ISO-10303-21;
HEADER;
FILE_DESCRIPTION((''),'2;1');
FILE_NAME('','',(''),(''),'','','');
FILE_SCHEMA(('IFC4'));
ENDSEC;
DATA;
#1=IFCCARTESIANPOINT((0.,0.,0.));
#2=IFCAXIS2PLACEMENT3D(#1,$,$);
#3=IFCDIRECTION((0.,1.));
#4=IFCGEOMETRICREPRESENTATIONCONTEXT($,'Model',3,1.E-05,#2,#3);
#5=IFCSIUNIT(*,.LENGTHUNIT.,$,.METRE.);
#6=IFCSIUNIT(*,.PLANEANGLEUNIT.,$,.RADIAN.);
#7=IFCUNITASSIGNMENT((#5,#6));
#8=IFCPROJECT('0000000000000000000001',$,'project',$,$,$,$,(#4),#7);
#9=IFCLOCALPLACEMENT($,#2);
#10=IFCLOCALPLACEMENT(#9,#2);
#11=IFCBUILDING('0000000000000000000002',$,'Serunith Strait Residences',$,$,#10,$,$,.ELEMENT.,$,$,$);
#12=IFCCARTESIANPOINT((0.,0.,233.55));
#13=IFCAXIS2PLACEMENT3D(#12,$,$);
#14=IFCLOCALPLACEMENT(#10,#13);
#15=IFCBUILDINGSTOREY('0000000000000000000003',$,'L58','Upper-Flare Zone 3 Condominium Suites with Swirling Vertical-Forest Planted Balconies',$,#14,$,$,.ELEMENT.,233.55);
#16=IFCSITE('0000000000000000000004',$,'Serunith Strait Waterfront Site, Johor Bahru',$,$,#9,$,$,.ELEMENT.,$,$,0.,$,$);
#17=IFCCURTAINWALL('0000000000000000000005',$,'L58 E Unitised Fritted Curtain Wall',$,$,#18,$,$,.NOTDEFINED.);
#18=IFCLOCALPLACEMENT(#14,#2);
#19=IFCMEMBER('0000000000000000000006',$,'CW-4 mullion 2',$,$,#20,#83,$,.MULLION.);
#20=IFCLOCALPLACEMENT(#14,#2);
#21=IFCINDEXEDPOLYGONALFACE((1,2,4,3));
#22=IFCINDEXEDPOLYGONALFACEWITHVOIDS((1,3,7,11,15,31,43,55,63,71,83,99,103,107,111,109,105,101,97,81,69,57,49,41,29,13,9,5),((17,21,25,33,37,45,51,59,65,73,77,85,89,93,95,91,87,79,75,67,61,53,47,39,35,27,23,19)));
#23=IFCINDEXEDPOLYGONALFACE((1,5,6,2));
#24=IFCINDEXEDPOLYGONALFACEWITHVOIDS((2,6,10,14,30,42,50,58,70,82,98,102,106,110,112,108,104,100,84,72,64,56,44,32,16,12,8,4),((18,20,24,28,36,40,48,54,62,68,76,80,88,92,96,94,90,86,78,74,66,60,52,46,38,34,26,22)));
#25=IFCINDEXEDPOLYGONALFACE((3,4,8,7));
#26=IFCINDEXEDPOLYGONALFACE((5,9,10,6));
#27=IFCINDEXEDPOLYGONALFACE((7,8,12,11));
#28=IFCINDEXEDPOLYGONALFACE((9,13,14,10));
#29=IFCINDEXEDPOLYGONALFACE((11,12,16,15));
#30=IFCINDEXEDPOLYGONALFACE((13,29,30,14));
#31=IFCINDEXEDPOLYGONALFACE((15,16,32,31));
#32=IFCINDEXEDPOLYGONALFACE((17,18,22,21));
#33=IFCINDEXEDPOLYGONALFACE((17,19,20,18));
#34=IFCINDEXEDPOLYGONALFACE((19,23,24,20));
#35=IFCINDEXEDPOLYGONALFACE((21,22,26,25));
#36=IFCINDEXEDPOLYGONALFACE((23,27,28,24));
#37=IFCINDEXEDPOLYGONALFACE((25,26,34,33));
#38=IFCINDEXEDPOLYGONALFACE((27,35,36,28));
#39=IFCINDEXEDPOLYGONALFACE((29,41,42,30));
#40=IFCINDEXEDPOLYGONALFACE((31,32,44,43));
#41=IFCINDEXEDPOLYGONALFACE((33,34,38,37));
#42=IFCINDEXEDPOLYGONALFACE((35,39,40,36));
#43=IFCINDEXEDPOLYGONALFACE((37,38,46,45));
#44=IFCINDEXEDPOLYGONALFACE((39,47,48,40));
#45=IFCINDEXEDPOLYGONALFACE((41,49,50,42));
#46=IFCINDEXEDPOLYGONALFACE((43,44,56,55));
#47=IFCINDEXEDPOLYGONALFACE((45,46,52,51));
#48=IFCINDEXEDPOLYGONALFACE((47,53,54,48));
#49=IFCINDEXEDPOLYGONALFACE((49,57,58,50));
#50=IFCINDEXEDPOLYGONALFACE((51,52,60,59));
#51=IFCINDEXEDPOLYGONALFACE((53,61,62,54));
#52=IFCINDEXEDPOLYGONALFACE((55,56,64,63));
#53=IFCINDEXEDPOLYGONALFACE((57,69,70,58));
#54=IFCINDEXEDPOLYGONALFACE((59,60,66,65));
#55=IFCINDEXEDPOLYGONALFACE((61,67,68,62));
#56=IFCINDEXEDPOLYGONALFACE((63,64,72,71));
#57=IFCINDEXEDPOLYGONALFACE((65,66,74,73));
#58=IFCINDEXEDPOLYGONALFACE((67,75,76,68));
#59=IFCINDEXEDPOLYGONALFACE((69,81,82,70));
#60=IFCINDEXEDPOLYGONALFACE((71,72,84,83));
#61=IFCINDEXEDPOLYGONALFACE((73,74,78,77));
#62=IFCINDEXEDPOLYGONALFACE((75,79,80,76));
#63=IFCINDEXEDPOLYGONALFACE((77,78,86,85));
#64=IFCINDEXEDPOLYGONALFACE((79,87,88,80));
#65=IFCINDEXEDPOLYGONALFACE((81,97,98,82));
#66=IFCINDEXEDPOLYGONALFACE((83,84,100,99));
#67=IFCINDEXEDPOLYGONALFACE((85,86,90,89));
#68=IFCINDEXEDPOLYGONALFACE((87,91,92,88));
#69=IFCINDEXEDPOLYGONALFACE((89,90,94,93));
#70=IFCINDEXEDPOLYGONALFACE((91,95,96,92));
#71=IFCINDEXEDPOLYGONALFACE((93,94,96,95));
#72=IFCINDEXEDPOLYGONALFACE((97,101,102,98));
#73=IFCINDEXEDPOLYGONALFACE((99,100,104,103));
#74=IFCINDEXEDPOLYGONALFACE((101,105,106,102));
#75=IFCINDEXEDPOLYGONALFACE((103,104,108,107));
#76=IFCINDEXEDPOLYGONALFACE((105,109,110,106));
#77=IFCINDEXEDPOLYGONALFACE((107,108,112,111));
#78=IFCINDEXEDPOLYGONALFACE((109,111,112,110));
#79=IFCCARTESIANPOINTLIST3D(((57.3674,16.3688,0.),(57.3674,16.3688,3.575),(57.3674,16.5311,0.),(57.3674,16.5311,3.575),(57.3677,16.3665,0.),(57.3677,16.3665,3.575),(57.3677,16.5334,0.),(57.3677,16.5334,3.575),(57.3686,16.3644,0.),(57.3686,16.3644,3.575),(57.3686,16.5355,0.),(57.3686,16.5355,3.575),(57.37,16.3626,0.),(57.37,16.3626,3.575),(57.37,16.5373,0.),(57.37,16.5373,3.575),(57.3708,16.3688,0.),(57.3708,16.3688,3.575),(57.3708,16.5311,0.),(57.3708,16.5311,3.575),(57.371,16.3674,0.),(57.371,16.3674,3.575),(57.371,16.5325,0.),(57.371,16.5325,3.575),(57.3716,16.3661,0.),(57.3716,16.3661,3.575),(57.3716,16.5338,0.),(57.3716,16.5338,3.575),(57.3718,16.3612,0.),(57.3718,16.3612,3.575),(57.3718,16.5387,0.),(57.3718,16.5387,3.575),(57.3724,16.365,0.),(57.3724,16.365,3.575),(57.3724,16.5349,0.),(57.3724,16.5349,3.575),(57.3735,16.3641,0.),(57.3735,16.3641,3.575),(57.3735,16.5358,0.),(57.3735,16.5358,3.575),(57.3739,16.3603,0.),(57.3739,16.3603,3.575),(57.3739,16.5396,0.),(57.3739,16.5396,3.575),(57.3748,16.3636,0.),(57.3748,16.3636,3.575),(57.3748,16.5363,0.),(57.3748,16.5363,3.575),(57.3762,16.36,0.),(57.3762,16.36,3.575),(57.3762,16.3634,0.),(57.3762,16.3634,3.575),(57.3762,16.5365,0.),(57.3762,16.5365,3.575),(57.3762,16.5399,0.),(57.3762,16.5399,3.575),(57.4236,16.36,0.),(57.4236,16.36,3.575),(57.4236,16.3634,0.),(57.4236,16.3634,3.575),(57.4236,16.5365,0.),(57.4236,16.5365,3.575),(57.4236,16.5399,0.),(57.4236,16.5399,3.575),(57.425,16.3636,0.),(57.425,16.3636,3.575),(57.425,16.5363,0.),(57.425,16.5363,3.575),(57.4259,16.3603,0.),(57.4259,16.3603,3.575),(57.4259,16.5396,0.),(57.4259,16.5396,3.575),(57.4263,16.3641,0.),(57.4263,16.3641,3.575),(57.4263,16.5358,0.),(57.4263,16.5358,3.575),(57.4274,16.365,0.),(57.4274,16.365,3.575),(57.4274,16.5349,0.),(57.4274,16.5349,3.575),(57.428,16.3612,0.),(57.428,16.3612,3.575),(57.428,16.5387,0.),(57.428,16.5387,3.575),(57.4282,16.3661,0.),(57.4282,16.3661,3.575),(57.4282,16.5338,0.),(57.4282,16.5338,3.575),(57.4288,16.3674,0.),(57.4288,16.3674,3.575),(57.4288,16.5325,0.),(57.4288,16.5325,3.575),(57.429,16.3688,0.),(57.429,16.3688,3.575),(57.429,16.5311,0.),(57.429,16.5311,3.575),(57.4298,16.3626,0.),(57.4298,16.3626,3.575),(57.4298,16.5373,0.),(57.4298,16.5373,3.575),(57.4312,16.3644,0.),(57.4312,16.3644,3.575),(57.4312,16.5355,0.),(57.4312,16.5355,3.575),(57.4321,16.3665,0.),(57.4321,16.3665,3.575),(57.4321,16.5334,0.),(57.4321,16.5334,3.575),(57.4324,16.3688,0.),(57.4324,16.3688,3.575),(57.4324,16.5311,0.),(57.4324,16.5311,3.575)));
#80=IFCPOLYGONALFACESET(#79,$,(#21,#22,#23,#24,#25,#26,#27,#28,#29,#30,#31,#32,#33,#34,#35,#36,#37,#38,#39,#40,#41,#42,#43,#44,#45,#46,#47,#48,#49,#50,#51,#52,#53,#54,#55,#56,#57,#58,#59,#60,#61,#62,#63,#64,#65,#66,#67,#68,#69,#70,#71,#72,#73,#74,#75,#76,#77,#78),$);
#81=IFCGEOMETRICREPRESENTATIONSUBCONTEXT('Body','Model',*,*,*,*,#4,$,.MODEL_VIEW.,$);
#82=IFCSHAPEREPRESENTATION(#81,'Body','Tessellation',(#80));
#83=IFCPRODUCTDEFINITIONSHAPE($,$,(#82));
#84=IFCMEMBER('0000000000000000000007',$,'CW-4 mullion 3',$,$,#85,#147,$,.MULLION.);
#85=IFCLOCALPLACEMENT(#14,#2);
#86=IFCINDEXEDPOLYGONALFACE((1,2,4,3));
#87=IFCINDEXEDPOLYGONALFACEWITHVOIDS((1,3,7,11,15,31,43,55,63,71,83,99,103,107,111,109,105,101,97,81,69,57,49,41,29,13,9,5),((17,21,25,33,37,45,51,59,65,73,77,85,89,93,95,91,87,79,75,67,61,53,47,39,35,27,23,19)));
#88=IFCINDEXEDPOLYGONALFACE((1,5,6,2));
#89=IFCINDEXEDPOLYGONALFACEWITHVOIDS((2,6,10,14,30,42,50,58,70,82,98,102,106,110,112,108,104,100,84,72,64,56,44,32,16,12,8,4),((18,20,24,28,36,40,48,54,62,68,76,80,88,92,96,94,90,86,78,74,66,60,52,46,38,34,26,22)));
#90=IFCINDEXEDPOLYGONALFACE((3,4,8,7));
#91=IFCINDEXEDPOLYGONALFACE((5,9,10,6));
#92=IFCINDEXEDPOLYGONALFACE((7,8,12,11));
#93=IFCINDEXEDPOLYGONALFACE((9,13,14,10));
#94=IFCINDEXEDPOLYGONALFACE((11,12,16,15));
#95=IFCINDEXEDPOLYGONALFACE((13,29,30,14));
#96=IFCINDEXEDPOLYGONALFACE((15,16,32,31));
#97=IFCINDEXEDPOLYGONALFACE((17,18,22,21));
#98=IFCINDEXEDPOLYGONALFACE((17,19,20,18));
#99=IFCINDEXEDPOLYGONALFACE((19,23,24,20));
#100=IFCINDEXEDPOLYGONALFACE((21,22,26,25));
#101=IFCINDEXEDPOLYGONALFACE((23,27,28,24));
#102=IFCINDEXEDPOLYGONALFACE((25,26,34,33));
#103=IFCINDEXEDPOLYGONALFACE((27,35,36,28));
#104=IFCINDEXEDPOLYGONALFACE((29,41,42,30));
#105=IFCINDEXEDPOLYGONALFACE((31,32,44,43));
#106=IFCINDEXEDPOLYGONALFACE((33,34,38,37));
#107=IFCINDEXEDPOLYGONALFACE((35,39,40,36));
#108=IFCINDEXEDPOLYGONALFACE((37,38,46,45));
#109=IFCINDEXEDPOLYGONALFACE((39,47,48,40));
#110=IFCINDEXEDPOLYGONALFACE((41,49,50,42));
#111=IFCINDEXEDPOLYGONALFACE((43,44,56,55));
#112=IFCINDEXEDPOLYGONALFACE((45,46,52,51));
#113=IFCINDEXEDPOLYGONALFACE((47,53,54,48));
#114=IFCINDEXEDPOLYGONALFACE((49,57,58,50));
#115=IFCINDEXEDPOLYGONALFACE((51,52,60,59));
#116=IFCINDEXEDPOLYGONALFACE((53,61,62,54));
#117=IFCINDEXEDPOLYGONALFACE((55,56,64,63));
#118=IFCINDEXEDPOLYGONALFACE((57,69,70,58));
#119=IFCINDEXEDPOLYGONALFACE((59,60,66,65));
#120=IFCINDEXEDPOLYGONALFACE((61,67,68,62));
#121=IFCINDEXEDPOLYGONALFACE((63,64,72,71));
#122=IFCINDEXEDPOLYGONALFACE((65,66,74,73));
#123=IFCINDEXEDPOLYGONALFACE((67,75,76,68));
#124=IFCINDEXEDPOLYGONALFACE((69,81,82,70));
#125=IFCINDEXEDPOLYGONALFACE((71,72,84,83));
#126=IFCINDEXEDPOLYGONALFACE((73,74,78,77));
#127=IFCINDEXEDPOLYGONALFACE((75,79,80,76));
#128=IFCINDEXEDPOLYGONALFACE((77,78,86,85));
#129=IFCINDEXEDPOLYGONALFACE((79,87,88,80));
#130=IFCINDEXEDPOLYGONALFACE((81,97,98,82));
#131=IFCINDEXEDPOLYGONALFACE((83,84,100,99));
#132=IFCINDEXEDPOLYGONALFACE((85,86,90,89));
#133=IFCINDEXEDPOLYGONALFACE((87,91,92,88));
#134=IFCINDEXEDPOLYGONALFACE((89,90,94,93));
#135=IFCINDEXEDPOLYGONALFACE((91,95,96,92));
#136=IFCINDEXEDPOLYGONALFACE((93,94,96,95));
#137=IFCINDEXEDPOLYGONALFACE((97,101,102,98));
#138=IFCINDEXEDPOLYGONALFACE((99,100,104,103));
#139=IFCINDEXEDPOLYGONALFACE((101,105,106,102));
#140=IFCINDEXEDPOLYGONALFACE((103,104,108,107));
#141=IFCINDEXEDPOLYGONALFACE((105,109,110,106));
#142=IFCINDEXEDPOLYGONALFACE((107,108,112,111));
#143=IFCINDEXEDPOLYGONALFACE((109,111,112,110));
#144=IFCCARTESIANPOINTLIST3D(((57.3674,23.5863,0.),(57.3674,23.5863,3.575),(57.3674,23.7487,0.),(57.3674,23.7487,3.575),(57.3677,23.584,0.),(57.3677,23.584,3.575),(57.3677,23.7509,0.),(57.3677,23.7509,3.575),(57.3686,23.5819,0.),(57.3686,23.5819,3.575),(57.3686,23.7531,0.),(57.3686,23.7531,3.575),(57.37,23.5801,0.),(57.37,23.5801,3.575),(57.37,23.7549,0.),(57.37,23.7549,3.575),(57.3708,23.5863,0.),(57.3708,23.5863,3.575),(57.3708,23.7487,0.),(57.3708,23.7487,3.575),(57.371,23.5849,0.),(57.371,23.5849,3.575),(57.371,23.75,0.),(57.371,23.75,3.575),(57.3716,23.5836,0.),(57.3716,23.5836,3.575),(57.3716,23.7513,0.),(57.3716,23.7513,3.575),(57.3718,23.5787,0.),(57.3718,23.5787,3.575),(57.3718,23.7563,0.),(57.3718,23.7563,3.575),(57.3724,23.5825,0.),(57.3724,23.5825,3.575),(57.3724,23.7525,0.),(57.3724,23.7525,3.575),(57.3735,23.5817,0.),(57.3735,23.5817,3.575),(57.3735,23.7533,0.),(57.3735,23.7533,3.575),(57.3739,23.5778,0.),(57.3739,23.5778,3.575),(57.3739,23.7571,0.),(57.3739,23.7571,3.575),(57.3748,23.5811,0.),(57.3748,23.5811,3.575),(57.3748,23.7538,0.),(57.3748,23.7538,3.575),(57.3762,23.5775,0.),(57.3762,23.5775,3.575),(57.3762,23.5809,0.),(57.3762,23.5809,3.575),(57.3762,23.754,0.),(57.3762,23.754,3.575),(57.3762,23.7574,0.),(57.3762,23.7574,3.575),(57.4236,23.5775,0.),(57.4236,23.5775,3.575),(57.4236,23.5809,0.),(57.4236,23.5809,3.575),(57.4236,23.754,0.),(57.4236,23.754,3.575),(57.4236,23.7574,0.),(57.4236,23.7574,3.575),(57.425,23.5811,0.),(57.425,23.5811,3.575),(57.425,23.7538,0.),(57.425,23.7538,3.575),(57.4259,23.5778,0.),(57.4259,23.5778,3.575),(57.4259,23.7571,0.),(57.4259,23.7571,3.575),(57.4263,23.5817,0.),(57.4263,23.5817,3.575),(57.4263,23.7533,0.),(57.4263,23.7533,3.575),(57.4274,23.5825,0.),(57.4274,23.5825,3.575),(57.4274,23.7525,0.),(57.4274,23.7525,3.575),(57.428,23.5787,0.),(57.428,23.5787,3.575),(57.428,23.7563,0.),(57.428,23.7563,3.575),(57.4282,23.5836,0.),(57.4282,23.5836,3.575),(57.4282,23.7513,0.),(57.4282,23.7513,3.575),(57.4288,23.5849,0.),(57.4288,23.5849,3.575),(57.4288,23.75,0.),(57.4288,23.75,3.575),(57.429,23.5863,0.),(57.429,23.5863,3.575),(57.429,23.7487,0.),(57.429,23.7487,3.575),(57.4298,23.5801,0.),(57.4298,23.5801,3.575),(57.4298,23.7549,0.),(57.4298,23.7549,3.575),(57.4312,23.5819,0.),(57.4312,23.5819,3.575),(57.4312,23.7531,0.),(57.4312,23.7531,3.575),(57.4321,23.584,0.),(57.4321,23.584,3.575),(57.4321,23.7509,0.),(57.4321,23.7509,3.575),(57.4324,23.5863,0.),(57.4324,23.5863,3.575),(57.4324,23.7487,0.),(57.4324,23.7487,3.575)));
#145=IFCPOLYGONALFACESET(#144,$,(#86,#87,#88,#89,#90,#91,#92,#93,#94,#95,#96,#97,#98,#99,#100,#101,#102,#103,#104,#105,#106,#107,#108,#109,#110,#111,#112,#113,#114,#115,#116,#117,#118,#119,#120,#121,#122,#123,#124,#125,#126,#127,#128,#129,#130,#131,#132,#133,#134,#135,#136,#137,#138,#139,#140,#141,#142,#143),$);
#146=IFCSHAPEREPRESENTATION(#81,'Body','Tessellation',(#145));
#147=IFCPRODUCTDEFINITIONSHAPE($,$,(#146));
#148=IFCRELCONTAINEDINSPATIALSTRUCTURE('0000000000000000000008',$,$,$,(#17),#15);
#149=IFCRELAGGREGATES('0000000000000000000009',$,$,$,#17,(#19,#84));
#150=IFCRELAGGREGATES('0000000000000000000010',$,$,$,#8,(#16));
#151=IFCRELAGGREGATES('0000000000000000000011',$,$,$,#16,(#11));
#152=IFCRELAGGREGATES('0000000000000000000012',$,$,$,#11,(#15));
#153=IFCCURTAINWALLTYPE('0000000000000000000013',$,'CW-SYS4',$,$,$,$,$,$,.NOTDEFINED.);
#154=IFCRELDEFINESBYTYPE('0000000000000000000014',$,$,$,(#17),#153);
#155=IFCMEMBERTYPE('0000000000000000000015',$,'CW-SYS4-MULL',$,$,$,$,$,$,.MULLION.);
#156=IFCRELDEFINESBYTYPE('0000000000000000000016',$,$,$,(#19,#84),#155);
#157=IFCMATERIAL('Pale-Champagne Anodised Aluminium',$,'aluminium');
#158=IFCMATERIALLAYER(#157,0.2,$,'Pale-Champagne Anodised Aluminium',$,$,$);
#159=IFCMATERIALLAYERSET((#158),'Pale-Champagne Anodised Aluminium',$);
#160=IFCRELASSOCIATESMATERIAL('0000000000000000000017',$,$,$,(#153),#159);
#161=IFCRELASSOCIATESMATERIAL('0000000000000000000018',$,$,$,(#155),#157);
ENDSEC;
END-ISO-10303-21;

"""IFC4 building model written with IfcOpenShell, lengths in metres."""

from ifc_helpers import new_model, si_unit, direction, frame, origin, origin_2d, place, context, subcontext, project, spatial, hollow_rectangle, extrude, source, transform, mapped, material, layer, layer_set, material_profile, profile_set, type_object, element, aggregate, save


model = new_model("IFC4")

# Units and contexts
model_context = context("Model", 3, precision=1e-05, world=origin(), true_north=direction((0.0, 1.0)))
body_context = subcontext(model_context, "Body", "Model", "MODEL_VIEW")
ifc_project = project(units=[si_unit("LENGTHUNIT", "METRE"), si_unit("PLANEANGLEUNIT", "RADIAN")], contexts=[model_context])

# Site, building, storey
site_placement = place(None, origin())
site = spatial("IfcSite", under=ifc_project, at=site_placement, Name="Serunith Strait Waterfront Site, Johor Bahru", CompositionType="ELEMENT", RefElevation=0.0)
building_placement = place(site_placement, origin())
building = spatial("IfcBuilding", under=site, at=building_placement, Name="Serunith Strait Residences", CompositionType="ELEMENT")
storey_placement = place(building_placement, frame((0.0, 0.0, 233.55)))
storey = spatial("IfcBuildingStorey", under=building, at=storey_placement, Name="L58", Description="Upper-Flare Zone 3 Condominium Suites with Swirling Vertical-Forest Planted Balconies", CompositionType="ELEMENT", Elevation=233.55)

# Curtain wall, members
ifc_material_1 = material(Name="Pale-Champagne Anodised Aluminium", Category="aluminium")
ifc_layer_1 = layer(ifc_material_1, 0.2, Name="Pale-Champagne Anodised Aluminium")
ifc_layer_set_1 = layer_set([ifc_layer_1], Name="Pale-Champagne Anodised Aluminium")
curtain_wall_type = type_object("IfcCurtainWallType", Name="CW-SYS4", PredefinedType="NOTDEFINED", material=ifc_layer_set_1)
curtain_wall_placement = place(storey_placement, origin())
curtain_wall = element("IfcCurtainWall", 1, at=curtain_wall_placement, inside=storey, type_object=curtain_wall_type, Name="L58 E Unitised Fritted Curtain Wall", PredefinedType="NOTDEFINED")
ifc_material_profile_1 = material_profile(ifc_material_1, hollow_rectangle(XDim=0.0649, YDim=0.1799, WallThickness=0.0034, InnerFilletRadius=0.0054, OuterFilletRadius=0.0088, at=origin_2d()), Name="ALU 180x65x3.5")
ifc_profile_set_1 = profile_set([ifc_material_profile_1], Name="Pale-Champagne Anodised Aluminium")
member_type_1 = type_object("IfcMemberType", Name="CW-SYS4-MULL", PredefinedType="MULLION", material=ifc_profile_set_1)
shared_shape_1 = source(origin(), body_context, "Body", "SweptSolid", [
    extrude(hollow_rectangle(XDim=0.0649, YDim=0.1799, WallThickness=0.0034, InnerFilletRadius=0.0054, OuterFilletRadius=0.0088, at=origin_2d()), origin(), (0.0, 0.0, 1.0), 3.575),
])
member_1_placement = place(storey_placement, frame((57.3999, 16.45, 0.0), z_axis=(0.0, 0.0, 1.0), x_axis=(-1.0, 0.0, 0.0)))
member_1 = element("IfcMember", 2, at=member_1_placement, type_object=member_type_1, Name="CW-4 mullion 2", PredefinedType="MULLION", context=body_context, shape_type="MappedRepresentation", body=[
    mapped(shared_shape_1, transform((0.0, 0.0, 0.0), scale=1.0)),
])
member_2_placement = place(storey_placement, frame((57.3999, 23.6675, 0.0), z_axis=(0.0, 0.0, 1.0), x_axis=(-1.0, 0.0, 0.0)))
member_2 = element("IfcMember", 3, at=member_2_placement, type_object=member_type_1, Name="CW-4 mullion 3", PredefinedType="MULLION", context=body_context, shape_type="MappedRepresentation", body=[
    mapped(shared_shape_1, transform((0.0, 0.0, 0.0), scale=1.0)),
])
aggregate(curtain_wall, [member_1, member_2])

save(model, "model.ifc")
